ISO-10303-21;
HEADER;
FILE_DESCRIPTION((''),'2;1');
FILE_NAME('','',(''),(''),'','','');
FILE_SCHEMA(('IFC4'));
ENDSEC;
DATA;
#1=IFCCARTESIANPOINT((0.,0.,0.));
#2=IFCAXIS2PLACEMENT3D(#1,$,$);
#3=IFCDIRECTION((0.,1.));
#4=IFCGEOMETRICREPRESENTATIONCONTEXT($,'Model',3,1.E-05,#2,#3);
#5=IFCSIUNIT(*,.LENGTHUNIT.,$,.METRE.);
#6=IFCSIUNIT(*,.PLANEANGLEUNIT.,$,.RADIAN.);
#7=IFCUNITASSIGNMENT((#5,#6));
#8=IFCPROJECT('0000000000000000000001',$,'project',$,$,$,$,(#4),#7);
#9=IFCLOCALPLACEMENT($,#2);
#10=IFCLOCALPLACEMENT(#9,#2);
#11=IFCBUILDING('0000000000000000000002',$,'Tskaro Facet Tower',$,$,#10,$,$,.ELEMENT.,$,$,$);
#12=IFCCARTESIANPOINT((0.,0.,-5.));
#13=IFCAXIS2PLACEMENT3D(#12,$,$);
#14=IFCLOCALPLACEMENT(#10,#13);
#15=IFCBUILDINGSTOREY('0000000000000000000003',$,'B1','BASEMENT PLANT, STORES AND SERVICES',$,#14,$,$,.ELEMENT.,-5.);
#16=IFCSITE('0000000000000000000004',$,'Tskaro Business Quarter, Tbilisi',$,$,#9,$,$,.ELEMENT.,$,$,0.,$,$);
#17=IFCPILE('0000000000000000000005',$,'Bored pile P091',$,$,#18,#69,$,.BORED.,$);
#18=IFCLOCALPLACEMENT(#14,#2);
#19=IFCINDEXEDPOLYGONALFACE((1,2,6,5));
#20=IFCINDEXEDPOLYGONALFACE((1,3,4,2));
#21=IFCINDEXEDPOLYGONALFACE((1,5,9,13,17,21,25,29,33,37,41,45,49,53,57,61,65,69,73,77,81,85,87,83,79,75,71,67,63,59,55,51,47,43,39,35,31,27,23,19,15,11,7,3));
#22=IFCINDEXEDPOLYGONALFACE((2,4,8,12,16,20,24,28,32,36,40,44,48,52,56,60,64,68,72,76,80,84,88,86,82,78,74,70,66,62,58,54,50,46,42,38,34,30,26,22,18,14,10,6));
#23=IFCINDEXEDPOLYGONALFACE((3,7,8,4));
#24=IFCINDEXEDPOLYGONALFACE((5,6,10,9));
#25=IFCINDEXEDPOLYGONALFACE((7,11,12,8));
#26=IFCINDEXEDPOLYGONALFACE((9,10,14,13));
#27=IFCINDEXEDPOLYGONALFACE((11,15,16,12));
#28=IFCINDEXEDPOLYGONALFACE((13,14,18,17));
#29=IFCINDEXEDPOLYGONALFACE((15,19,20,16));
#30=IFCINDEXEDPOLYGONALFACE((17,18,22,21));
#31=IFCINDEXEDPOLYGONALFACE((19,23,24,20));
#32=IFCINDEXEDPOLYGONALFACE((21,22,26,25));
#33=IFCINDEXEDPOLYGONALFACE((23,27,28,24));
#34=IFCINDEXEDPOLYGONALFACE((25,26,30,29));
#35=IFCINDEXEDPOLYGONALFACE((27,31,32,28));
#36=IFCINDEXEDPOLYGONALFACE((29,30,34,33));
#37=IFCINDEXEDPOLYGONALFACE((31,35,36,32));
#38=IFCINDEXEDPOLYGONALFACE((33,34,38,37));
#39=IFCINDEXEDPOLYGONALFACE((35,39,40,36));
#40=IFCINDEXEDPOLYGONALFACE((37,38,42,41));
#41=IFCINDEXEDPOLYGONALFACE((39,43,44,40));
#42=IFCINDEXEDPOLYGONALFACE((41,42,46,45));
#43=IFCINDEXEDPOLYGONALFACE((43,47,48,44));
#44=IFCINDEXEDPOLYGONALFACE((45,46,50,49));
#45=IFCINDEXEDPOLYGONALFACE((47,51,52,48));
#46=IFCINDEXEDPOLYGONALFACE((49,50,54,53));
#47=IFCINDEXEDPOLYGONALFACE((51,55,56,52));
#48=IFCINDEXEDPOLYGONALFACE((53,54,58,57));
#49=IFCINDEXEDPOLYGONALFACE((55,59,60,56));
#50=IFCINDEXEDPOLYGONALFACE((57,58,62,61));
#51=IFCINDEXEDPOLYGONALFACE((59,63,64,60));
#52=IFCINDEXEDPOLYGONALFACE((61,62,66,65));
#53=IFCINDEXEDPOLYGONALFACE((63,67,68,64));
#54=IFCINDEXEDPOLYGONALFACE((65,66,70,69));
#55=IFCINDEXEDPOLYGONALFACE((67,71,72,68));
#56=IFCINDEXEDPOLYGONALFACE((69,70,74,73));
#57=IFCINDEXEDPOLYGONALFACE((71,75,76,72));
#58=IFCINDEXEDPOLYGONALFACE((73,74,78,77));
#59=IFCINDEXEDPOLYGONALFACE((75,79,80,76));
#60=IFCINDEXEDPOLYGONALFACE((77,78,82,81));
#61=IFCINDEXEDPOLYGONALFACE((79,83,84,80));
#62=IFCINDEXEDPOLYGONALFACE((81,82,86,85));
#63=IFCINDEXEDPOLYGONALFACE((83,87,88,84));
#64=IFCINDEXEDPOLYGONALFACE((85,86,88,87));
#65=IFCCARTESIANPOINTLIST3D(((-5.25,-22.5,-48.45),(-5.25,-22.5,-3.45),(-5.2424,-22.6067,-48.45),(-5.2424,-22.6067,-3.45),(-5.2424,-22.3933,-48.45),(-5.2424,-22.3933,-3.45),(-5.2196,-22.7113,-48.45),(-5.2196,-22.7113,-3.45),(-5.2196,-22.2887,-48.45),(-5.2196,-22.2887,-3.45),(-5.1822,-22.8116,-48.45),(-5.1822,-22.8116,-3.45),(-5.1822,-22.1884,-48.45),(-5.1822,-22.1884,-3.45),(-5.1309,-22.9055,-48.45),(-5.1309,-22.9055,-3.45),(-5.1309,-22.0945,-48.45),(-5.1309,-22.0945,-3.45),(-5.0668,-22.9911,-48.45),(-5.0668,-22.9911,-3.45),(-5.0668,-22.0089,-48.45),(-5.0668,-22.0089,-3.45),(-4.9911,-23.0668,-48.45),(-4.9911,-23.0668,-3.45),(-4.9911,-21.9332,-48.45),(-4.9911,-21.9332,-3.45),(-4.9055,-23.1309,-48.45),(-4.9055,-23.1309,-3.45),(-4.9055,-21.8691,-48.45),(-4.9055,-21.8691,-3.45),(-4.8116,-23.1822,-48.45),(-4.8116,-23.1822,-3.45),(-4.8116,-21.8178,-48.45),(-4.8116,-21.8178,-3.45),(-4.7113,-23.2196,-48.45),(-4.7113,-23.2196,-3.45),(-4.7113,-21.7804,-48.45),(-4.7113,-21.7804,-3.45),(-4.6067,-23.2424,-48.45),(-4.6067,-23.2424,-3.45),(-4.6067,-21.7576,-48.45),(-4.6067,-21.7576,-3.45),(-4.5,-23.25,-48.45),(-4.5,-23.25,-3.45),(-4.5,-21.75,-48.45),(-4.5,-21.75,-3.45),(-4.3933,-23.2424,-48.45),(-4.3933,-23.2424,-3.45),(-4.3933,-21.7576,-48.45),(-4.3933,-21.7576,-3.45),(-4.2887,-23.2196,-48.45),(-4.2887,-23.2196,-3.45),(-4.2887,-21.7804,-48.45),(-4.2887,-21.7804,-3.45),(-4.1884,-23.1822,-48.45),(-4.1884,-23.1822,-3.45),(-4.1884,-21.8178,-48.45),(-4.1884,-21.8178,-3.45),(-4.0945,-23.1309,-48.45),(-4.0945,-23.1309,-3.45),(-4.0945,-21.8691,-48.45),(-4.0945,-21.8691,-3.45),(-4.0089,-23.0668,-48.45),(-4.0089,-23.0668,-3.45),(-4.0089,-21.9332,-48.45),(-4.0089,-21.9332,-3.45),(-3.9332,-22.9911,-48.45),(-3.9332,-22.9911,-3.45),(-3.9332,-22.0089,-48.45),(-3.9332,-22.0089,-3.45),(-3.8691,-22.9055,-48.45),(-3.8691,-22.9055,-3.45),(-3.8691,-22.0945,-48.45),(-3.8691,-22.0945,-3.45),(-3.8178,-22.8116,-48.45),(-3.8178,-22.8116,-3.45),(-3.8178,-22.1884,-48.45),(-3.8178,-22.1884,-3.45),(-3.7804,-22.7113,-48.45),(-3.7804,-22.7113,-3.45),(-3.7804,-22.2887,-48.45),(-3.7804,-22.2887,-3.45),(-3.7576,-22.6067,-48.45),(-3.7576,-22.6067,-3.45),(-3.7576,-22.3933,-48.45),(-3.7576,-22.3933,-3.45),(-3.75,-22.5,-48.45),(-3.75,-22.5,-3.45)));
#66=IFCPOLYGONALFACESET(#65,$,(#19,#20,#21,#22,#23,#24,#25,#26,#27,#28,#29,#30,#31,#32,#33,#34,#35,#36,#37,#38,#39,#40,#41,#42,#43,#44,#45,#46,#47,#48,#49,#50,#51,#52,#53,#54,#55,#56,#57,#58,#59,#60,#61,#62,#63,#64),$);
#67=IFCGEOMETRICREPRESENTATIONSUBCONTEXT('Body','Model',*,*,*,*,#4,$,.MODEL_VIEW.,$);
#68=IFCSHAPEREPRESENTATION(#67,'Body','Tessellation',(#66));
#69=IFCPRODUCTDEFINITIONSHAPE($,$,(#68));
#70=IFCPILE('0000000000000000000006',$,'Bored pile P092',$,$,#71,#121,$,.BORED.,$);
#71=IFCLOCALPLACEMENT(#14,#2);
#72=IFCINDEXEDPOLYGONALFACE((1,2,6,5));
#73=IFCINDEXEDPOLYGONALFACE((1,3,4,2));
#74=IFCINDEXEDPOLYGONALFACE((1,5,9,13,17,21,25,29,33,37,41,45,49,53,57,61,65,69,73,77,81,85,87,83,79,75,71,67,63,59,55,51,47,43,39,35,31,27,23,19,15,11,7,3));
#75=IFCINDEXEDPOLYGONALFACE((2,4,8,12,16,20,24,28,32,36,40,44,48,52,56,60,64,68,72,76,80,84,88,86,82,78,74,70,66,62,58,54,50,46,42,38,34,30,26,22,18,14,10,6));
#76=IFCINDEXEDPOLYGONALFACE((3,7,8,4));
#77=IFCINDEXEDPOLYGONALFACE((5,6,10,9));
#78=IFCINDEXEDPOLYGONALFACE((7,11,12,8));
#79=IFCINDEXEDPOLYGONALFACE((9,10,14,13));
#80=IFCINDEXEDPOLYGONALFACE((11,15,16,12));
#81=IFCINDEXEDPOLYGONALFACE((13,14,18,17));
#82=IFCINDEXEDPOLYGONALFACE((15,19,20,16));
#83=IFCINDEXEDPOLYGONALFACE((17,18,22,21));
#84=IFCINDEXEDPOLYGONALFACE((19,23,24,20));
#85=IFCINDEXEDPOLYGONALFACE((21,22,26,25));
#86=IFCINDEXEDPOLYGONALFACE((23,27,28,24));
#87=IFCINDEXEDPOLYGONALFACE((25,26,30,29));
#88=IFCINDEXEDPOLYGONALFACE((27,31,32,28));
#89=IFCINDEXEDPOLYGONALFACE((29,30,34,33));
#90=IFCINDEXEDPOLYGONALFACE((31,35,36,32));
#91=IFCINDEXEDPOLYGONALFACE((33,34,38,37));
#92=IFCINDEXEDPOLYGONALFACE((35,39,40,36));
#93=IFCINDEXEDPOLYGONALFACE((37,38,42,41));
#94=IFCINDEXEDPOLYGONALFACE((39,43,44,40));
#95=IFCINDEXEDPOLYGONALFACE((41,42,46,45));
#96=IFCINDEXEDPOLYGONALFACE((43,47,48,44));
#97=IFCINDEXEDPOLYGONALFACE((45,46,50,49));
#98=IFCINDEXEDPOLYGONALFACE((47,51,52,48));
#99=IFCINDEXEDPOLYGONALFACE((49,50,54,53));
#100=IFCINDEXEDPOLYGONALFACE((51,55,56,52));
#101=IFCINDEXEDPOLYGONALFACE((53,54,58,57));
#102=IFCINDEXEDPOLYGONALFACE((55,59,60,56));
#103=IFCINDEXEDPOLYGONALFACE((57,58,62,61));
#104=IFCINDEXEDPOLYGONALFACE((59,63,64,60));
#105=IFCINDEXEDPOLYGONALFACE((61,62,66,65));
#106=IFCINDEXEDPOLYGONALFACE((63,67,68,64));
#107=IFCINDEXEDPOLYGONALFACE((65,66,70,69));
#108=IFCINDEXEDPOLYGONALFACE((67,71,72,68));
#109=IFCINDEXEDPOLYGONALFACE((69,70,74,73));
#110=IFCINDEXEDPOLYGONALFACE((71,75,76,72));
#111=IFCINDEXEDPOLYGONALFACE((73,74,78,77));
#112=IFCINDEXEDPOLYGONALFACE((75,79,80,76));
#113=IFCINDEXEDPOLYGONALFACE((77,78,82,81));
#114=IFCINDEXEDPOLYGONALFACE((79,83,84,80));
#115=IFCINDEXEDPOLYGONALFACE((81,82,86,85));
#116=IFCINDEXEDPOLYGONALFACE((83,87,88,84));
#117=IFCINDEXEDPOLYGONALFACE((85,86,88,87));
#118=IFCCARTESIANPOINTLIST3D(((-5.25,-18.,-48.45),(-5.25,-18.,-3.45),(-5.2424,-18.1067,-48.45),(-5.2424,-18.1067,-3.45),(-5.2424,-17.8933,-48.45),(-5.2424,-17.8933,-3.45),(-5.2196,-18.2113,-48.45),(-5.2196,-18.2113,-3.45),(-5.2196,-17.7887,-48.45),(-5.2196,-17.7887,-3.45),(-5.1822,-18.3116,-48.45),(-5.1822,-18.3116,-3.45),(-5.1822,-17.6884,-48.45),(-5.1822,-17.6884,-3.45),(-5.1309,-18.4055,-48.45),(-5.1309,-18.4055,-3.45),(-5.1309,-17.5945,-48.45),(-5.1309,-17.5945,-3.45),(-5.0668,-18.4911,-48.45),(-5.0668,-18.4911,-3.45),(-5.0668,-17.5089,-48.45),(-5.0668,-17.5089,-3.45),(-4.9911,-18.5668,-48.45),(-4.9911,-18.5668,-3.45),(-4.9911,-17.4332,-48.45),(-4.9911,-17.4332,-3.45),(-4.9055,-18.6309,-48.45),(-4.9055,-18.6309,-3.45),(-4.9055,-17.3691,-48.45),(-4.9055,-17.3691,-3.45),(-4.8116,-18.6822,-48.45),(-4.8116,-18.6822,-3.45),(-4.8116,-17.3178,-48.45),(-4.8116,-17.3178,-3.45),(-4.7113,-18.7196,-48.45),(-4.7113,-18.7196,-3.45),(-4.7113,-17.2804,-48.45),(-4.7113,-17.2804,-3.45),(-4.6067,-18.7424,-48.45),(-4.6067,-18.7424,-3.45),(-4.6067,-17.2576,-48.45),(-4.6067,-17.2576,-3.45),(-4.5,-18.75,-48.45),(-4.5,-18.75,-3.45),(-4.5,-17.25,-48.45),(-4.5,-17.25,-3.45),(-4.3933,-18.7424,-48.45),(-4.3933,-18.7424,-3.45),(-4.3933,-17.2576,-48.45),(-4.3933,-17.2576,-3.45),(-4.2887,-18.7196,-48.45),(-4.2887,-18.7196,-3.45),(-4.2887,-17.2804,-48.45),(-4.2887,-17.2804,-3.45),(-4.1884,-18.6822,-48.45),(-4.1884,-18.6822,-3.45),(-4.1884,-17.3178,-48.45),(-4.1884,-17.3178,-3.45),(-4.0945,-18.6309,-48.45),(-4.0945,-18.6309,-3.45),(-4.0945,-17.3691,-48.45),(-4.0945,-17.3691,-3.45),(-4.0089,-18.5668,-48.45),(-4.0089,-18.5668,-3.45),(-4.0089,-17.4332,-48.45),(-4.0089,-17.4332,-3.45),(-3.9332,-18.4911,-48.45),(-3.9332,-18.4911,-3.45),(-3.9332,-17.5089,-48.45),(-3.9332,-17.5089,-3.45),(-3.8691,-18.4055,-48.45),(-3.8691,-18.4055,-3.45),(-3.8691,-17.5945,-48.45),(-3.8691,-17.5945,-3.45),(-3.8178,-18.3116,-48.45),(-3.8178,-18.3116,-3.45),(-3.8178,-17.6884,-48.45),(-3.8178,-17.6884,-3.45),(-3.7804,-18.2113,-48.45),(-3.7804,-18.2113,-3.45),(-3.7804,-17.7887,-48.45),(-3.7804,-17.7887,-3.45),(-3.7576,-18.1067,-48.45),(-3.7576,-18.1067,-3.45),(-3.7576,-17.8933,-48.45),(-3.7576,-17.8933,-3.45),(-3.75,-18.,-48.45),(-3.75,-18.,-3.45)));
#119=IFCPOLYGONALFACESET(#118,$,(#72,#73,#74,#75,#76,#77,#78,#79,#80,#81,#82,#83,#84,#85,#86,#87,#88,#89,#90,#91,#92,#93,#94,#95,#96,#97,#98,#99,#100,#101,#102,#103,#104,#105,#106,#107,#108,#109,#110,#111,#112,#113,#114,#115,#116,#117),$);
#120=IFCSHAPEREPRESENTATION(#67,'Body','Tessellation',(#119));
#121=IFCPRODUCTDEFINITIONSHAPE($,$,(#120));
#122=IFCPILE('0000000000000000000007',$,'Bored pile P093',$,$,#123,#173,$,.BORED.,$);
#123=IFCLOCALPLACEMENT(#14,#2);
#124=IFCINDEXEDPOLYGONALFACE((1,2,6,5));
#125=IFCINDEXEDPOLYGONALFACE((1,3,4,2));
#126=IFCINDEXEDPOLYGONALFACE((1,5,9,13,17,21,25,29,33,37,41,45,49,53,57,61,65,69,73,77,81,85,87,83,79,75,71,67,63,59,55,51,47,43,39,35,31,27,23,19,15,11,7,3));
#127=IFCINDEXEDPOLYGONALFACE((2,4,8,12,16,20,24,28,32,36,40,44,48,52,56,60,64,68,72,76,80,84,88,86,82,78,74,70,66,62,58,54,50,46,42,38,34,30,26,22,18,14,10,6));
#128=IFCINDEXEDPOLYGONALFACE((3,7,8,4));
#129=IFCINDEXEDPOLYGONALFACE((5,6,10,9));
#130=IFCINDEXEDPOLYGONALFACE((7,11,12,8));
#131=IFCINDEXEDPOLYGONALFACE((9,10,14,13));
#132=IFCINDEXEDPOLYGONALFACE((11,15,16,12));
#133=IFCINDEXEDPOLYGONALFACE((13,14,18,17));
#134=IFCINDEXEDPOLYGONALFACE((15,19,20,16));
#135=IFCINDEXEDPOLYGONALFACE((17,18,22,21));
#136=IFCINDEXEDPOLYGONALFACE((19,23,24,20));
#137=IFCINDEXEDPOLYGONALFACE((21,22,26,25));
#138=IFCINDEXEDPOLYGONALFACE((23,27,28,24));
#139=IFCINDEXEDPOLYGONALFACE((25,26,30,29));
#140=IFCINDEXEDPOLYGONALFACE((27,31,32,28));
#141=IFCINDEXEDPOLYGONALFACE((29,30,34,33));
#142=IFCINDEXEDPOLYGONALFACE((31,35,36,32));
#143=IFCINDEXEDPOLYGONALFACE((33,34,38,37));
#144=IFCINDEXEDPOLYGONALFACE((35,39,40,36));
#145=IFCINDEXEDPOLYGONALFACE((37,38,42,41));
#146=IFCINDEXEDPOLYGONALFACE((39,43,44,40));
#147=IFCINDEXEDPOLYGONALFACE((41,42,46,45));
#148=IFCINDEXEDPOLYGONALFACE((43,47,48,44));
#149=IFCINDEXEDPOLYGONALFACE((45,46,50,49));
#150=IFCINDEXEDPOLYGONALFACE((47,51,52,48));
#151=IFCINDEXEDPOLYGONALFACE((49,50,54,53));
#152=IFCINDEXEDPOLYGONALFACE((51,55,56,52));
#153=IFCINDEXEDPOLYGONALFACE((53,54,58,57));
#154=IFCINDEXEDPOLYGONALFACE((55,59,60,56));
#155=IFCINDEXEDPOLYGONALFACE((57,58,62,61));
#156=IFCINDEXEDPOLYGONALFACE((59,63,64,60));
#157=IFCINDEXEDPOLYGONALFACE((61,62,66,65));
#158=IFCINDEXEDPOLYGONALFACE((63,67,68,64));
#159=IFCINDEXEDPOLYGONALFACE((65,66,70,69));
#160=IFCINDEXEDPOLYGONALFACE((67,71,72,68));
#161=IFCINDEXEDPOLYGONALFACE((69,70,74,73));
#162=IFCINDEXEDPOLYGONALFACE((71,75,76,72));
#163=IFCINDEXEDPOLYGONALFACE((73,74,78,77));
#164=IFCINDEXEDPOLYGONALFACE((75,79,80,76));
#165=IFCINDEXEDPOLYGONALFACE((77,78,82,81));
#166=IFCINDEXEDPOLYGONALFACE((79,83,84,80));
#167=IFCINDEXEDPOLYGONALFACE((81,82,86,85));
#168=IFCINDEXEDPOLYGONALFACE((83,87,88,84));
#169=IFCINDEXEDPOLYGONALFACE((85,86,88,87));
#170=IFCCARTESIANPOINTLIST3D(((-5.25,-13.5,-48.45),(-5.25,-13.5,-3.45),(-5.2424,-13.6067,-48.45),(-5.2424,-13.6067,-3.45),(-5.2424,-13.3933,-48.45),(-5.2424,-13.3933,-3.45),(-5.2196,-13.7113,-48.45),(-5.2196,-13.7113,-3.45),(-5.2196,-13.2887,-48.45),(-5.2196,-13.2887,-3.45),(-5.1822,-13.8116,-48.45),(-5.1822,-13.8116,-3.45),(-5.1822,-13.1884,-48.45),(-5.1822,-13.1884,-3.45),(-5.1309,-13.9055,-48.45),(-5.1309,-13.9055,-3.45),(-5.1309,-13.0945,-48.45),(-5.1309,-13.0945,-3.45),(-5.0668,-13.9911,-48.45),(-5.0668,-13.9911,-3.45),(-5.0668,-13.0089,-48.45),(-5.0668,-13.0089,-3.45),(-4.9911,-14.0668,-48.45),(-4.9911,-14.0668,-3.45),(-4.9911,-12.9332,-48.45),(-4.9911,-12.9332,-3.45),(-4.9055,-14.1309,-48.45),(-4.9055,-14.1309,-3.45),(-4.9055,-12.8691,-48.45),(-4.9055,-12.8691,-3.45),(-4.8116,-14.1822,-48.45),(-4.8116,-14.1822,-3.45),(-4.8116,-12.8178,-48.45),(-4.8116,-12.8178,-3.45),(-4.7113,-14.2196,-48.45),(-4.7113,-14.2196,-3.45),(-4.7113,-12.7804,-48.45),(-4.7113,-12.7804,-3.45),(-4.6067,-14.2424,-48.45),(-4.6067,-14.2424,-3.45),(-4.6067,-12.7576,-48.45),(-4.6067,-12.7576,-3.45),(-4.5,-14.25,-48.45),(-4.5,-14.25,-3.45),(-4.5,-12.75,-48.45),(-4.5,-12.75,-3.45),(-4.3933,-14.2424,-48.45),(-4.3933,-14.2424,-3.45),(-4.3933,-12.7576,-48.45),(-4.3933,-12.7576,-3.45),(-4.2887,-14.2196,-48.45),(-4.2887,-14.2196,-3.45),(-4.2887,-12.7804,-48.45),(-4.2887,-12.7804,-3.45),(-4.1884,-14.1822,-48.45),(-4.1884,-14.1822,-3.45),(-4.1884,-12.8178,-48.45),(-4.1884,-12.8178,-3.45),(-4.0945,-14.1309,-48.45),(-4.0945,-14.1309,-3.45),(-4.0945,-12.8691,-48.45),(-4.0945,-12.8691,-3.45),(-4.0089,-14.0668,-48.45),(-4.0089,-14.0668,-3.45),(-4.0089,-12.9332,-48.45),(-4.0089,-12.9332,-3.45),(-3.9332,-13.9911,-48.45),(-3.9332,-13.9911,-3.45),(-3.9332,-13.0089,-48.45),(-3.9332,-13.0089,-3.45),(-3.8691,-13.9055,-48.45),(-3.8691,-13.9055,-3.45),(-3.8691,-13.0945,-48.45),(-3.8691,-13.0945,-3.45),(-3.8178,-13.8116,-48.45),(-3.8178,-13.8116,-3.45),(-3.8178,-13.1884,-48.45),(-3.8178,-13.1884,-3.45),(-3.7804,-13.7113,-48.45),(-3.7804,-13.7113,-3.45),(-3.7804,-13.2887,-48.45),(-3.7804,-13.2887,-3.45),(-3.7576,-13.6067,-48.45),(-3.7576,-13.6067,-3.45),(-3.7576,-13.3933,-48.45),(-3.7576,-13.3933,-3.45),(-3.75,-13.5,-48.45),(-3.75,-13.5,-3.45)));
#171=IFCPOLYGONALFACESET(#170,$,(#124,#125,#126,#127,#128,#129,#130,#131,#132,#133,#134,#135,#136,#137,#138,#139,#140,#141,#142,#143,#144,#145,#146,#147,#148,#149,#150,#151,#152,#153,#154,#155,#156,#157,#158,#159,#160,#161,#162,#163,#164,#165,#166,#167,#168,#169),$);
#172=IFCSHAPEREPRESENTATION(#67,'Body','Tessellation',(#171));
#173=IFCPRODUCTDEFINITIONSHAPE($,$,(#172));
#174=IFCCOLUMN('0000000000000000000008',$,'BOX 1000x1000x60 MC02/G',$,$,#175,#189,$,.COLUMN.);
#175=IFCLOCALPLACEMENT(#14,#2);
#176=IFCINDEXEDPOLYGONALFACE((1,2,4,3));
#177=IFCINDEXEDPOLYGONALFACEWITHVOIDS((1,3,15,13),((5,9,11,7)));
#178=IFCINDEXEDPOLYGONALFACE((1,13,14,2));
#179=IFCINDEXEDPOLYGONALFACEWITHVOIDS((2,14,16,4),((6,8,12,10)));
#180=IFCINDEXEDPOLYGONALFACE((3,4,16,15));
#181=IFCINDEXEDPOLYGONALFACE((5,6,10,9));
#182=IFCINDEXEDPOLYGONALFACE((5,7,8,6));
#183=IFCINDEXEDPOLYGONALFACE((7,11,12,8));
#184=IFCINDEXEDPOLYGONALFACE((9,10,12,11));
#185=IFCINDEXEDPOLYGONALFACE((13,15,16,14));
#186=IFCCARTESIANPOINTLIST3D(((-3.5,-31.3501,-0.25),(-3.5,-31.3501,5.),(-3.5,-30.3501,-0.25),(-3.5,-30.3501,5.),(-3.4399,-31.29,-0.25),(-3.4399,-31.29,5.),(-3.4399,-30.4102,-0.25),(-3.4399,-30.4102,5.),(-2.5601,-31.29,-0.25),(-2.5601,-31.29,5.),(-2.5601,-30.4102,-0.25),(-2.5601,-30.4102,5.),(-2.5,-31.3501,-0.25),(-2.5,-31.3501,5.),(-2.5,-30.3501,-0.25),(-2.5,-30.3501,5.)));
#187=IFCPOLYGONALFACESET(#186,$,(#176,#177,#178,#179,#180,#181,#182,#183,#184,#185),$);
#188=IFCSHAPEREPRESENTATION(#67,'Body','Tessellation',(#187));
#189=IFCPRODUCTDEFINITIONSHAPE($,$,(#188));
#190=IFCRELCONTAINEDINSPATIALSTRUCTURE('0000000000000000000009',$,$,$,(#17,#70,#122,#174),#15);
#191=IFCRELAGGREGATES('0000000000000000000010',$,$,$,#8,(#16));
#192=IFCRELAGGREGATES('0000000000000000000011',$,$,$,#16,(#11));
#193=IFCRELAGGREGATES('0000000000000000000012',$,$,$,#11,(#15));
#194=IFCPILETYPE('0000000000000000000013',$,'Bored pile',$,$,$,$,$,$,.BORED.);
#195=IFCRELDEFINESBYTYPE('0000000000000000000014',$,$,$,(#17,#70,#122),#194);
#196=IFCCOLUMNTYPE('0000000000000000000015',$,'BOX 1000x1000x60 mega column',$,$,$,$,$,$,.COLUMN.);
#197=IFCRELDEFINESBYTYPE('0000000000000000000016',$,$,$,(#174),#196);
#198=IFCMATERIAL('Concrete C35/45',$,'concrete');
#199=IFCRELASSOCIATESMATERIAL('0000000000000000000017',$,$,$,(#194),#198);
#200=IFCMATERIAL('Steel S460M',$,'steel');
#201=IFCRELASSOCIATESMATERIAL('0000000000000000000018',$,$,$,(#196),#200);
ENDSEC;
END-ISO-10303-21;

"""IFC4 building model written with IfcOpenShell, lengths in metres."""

from ifc_helpers import new_model, si_unit, direction, frame, origin, origin_2d, place, context, subcontext, project, spatial, hollow_rectangle, circle, extrude, material, material_profile, profile_set, type_object, element, save


model = new_model("IFC4")

# Units and contexts
model_context = context("Model", 3, precision=1e-05, world=origin(), true_north=direction((0.0, 1.0)))
body_context = subcontext(model_context, "Body", "Model", "MODEL_VIEW")
ifc_project = project(units=[si_unit("LENGTHUNIT", "METRE"), si_unit("PLANEANGLEUNIT", "RADIAN")], contexts=[model_context])

# Site, building, storey
site_placement = place(None, origin())
site = spatial("IfcSite", under=ifc_project, at=site_placement, Name="Tskaro Business Quarter, Tbilisi", CompositionType="ELEMENT", RefElevation=0.0)
building_placement = place(site_placement, origin())
building = spatial("IfcBuilding", under=site, at=building_placement, Name="Tskaro Facet Tower", CompositionType="ELEMENT")
storey_placement = place(building_placement, frame((0.0, 0.0, -5.0)))
storey = spatial("IfcBuildingStorey", under=building, at=storey_placement, Name="B1", Description="BASEMENT PLANT, STORES AND SERVICES", CompositionType="ELEMENT", Elevation=-5.0)

# Piles
ifc_material_1 = material(Name="Concrete C35/45", Category="concrete")
ifc_material_profile_1 = material_profile(ifc_material_1, circle(Radius=0.75, at=origin_2d()), Name="Bored pile")
ifc_profile_set_1 = profile_set([ifc_material_profile_1], Name="Concrete C35/45")
pile_type = type_object("IfcPileType", Name="Bored pile", PredefinedType="BORED", material=ifc_profile_set_1)
for number, where, z_axis, x_axis, name in (
    (1, (-4.5, -22.5, -3.45), (0.0, 0.0, -1.0), (1.0, 0.0, 0.0), "Bored pile P091"),
    (2, (-4.5, -18.0, -3.45), (0.0, 0.0, -1.0), (1.0, 0.0, 0.0), "Bored pile P092"),
    (3, (-4.5, -13.5, -3.45), (0.0, 0.0, -1.0), (1.0, 0.0, 0.0), "Bored pile P093"),
):
    element("IfcPile", number, at=place(storey_placement, frame(where, z_axis=z_axis, x_axis=x_axis)), inside=storey, type_object=pile_type, Name=name, PredefinedType="BORED", context=body_context, shape_type="SweptSolid", body=[
        extrude(circle(Radius=0.75, at=origin_2d()), origin(), (0.0, 0.0, 1.0), 45.0),
    ])

# Column
ifc_material_2 = material(Name="Steel S460M", Category="steel")
ifc_material_profile_2 = material_profile(ifc_material_2, hollow_rectangle(XDim=1.0, YDim=1.0, WallThickness=0.0601, at=origin_2d()), Name="BOX 1000x1000x60")
ifc_profile_set_2 = profile_set([ifc_material_profile_2], Name="Steel S460M")
column_type_1 = type_object("IfcColumnType", Name="BOX 1000x1000x60 mega column", PredefinedType="COLUMN", material=ifc_profile_set_2)
column_1_placement = place(storey_placement, frame((-3.0, -30.8501, -0.25), z_axis=(0.0, 0.0, 1.0), x_axis=(1.0, 0.0, 0.0)))
element("IfcColumn", 4, at=column_1_placement, inside=storey, type_object=column_type_1, Name="BOX 1000x1000x60 MC02/G", PredefinedType="COLUMN", context=body_context, shape_type="SweptSolid", body=[
    extrude(hollow_rectangle(XDim=1.0, YDim=1.0, WallThickness=0.0601, at=origin_2d()), origin(), (0.0, 0.0, 1.0), 5.25),
])

save(model, "model.ifc")
